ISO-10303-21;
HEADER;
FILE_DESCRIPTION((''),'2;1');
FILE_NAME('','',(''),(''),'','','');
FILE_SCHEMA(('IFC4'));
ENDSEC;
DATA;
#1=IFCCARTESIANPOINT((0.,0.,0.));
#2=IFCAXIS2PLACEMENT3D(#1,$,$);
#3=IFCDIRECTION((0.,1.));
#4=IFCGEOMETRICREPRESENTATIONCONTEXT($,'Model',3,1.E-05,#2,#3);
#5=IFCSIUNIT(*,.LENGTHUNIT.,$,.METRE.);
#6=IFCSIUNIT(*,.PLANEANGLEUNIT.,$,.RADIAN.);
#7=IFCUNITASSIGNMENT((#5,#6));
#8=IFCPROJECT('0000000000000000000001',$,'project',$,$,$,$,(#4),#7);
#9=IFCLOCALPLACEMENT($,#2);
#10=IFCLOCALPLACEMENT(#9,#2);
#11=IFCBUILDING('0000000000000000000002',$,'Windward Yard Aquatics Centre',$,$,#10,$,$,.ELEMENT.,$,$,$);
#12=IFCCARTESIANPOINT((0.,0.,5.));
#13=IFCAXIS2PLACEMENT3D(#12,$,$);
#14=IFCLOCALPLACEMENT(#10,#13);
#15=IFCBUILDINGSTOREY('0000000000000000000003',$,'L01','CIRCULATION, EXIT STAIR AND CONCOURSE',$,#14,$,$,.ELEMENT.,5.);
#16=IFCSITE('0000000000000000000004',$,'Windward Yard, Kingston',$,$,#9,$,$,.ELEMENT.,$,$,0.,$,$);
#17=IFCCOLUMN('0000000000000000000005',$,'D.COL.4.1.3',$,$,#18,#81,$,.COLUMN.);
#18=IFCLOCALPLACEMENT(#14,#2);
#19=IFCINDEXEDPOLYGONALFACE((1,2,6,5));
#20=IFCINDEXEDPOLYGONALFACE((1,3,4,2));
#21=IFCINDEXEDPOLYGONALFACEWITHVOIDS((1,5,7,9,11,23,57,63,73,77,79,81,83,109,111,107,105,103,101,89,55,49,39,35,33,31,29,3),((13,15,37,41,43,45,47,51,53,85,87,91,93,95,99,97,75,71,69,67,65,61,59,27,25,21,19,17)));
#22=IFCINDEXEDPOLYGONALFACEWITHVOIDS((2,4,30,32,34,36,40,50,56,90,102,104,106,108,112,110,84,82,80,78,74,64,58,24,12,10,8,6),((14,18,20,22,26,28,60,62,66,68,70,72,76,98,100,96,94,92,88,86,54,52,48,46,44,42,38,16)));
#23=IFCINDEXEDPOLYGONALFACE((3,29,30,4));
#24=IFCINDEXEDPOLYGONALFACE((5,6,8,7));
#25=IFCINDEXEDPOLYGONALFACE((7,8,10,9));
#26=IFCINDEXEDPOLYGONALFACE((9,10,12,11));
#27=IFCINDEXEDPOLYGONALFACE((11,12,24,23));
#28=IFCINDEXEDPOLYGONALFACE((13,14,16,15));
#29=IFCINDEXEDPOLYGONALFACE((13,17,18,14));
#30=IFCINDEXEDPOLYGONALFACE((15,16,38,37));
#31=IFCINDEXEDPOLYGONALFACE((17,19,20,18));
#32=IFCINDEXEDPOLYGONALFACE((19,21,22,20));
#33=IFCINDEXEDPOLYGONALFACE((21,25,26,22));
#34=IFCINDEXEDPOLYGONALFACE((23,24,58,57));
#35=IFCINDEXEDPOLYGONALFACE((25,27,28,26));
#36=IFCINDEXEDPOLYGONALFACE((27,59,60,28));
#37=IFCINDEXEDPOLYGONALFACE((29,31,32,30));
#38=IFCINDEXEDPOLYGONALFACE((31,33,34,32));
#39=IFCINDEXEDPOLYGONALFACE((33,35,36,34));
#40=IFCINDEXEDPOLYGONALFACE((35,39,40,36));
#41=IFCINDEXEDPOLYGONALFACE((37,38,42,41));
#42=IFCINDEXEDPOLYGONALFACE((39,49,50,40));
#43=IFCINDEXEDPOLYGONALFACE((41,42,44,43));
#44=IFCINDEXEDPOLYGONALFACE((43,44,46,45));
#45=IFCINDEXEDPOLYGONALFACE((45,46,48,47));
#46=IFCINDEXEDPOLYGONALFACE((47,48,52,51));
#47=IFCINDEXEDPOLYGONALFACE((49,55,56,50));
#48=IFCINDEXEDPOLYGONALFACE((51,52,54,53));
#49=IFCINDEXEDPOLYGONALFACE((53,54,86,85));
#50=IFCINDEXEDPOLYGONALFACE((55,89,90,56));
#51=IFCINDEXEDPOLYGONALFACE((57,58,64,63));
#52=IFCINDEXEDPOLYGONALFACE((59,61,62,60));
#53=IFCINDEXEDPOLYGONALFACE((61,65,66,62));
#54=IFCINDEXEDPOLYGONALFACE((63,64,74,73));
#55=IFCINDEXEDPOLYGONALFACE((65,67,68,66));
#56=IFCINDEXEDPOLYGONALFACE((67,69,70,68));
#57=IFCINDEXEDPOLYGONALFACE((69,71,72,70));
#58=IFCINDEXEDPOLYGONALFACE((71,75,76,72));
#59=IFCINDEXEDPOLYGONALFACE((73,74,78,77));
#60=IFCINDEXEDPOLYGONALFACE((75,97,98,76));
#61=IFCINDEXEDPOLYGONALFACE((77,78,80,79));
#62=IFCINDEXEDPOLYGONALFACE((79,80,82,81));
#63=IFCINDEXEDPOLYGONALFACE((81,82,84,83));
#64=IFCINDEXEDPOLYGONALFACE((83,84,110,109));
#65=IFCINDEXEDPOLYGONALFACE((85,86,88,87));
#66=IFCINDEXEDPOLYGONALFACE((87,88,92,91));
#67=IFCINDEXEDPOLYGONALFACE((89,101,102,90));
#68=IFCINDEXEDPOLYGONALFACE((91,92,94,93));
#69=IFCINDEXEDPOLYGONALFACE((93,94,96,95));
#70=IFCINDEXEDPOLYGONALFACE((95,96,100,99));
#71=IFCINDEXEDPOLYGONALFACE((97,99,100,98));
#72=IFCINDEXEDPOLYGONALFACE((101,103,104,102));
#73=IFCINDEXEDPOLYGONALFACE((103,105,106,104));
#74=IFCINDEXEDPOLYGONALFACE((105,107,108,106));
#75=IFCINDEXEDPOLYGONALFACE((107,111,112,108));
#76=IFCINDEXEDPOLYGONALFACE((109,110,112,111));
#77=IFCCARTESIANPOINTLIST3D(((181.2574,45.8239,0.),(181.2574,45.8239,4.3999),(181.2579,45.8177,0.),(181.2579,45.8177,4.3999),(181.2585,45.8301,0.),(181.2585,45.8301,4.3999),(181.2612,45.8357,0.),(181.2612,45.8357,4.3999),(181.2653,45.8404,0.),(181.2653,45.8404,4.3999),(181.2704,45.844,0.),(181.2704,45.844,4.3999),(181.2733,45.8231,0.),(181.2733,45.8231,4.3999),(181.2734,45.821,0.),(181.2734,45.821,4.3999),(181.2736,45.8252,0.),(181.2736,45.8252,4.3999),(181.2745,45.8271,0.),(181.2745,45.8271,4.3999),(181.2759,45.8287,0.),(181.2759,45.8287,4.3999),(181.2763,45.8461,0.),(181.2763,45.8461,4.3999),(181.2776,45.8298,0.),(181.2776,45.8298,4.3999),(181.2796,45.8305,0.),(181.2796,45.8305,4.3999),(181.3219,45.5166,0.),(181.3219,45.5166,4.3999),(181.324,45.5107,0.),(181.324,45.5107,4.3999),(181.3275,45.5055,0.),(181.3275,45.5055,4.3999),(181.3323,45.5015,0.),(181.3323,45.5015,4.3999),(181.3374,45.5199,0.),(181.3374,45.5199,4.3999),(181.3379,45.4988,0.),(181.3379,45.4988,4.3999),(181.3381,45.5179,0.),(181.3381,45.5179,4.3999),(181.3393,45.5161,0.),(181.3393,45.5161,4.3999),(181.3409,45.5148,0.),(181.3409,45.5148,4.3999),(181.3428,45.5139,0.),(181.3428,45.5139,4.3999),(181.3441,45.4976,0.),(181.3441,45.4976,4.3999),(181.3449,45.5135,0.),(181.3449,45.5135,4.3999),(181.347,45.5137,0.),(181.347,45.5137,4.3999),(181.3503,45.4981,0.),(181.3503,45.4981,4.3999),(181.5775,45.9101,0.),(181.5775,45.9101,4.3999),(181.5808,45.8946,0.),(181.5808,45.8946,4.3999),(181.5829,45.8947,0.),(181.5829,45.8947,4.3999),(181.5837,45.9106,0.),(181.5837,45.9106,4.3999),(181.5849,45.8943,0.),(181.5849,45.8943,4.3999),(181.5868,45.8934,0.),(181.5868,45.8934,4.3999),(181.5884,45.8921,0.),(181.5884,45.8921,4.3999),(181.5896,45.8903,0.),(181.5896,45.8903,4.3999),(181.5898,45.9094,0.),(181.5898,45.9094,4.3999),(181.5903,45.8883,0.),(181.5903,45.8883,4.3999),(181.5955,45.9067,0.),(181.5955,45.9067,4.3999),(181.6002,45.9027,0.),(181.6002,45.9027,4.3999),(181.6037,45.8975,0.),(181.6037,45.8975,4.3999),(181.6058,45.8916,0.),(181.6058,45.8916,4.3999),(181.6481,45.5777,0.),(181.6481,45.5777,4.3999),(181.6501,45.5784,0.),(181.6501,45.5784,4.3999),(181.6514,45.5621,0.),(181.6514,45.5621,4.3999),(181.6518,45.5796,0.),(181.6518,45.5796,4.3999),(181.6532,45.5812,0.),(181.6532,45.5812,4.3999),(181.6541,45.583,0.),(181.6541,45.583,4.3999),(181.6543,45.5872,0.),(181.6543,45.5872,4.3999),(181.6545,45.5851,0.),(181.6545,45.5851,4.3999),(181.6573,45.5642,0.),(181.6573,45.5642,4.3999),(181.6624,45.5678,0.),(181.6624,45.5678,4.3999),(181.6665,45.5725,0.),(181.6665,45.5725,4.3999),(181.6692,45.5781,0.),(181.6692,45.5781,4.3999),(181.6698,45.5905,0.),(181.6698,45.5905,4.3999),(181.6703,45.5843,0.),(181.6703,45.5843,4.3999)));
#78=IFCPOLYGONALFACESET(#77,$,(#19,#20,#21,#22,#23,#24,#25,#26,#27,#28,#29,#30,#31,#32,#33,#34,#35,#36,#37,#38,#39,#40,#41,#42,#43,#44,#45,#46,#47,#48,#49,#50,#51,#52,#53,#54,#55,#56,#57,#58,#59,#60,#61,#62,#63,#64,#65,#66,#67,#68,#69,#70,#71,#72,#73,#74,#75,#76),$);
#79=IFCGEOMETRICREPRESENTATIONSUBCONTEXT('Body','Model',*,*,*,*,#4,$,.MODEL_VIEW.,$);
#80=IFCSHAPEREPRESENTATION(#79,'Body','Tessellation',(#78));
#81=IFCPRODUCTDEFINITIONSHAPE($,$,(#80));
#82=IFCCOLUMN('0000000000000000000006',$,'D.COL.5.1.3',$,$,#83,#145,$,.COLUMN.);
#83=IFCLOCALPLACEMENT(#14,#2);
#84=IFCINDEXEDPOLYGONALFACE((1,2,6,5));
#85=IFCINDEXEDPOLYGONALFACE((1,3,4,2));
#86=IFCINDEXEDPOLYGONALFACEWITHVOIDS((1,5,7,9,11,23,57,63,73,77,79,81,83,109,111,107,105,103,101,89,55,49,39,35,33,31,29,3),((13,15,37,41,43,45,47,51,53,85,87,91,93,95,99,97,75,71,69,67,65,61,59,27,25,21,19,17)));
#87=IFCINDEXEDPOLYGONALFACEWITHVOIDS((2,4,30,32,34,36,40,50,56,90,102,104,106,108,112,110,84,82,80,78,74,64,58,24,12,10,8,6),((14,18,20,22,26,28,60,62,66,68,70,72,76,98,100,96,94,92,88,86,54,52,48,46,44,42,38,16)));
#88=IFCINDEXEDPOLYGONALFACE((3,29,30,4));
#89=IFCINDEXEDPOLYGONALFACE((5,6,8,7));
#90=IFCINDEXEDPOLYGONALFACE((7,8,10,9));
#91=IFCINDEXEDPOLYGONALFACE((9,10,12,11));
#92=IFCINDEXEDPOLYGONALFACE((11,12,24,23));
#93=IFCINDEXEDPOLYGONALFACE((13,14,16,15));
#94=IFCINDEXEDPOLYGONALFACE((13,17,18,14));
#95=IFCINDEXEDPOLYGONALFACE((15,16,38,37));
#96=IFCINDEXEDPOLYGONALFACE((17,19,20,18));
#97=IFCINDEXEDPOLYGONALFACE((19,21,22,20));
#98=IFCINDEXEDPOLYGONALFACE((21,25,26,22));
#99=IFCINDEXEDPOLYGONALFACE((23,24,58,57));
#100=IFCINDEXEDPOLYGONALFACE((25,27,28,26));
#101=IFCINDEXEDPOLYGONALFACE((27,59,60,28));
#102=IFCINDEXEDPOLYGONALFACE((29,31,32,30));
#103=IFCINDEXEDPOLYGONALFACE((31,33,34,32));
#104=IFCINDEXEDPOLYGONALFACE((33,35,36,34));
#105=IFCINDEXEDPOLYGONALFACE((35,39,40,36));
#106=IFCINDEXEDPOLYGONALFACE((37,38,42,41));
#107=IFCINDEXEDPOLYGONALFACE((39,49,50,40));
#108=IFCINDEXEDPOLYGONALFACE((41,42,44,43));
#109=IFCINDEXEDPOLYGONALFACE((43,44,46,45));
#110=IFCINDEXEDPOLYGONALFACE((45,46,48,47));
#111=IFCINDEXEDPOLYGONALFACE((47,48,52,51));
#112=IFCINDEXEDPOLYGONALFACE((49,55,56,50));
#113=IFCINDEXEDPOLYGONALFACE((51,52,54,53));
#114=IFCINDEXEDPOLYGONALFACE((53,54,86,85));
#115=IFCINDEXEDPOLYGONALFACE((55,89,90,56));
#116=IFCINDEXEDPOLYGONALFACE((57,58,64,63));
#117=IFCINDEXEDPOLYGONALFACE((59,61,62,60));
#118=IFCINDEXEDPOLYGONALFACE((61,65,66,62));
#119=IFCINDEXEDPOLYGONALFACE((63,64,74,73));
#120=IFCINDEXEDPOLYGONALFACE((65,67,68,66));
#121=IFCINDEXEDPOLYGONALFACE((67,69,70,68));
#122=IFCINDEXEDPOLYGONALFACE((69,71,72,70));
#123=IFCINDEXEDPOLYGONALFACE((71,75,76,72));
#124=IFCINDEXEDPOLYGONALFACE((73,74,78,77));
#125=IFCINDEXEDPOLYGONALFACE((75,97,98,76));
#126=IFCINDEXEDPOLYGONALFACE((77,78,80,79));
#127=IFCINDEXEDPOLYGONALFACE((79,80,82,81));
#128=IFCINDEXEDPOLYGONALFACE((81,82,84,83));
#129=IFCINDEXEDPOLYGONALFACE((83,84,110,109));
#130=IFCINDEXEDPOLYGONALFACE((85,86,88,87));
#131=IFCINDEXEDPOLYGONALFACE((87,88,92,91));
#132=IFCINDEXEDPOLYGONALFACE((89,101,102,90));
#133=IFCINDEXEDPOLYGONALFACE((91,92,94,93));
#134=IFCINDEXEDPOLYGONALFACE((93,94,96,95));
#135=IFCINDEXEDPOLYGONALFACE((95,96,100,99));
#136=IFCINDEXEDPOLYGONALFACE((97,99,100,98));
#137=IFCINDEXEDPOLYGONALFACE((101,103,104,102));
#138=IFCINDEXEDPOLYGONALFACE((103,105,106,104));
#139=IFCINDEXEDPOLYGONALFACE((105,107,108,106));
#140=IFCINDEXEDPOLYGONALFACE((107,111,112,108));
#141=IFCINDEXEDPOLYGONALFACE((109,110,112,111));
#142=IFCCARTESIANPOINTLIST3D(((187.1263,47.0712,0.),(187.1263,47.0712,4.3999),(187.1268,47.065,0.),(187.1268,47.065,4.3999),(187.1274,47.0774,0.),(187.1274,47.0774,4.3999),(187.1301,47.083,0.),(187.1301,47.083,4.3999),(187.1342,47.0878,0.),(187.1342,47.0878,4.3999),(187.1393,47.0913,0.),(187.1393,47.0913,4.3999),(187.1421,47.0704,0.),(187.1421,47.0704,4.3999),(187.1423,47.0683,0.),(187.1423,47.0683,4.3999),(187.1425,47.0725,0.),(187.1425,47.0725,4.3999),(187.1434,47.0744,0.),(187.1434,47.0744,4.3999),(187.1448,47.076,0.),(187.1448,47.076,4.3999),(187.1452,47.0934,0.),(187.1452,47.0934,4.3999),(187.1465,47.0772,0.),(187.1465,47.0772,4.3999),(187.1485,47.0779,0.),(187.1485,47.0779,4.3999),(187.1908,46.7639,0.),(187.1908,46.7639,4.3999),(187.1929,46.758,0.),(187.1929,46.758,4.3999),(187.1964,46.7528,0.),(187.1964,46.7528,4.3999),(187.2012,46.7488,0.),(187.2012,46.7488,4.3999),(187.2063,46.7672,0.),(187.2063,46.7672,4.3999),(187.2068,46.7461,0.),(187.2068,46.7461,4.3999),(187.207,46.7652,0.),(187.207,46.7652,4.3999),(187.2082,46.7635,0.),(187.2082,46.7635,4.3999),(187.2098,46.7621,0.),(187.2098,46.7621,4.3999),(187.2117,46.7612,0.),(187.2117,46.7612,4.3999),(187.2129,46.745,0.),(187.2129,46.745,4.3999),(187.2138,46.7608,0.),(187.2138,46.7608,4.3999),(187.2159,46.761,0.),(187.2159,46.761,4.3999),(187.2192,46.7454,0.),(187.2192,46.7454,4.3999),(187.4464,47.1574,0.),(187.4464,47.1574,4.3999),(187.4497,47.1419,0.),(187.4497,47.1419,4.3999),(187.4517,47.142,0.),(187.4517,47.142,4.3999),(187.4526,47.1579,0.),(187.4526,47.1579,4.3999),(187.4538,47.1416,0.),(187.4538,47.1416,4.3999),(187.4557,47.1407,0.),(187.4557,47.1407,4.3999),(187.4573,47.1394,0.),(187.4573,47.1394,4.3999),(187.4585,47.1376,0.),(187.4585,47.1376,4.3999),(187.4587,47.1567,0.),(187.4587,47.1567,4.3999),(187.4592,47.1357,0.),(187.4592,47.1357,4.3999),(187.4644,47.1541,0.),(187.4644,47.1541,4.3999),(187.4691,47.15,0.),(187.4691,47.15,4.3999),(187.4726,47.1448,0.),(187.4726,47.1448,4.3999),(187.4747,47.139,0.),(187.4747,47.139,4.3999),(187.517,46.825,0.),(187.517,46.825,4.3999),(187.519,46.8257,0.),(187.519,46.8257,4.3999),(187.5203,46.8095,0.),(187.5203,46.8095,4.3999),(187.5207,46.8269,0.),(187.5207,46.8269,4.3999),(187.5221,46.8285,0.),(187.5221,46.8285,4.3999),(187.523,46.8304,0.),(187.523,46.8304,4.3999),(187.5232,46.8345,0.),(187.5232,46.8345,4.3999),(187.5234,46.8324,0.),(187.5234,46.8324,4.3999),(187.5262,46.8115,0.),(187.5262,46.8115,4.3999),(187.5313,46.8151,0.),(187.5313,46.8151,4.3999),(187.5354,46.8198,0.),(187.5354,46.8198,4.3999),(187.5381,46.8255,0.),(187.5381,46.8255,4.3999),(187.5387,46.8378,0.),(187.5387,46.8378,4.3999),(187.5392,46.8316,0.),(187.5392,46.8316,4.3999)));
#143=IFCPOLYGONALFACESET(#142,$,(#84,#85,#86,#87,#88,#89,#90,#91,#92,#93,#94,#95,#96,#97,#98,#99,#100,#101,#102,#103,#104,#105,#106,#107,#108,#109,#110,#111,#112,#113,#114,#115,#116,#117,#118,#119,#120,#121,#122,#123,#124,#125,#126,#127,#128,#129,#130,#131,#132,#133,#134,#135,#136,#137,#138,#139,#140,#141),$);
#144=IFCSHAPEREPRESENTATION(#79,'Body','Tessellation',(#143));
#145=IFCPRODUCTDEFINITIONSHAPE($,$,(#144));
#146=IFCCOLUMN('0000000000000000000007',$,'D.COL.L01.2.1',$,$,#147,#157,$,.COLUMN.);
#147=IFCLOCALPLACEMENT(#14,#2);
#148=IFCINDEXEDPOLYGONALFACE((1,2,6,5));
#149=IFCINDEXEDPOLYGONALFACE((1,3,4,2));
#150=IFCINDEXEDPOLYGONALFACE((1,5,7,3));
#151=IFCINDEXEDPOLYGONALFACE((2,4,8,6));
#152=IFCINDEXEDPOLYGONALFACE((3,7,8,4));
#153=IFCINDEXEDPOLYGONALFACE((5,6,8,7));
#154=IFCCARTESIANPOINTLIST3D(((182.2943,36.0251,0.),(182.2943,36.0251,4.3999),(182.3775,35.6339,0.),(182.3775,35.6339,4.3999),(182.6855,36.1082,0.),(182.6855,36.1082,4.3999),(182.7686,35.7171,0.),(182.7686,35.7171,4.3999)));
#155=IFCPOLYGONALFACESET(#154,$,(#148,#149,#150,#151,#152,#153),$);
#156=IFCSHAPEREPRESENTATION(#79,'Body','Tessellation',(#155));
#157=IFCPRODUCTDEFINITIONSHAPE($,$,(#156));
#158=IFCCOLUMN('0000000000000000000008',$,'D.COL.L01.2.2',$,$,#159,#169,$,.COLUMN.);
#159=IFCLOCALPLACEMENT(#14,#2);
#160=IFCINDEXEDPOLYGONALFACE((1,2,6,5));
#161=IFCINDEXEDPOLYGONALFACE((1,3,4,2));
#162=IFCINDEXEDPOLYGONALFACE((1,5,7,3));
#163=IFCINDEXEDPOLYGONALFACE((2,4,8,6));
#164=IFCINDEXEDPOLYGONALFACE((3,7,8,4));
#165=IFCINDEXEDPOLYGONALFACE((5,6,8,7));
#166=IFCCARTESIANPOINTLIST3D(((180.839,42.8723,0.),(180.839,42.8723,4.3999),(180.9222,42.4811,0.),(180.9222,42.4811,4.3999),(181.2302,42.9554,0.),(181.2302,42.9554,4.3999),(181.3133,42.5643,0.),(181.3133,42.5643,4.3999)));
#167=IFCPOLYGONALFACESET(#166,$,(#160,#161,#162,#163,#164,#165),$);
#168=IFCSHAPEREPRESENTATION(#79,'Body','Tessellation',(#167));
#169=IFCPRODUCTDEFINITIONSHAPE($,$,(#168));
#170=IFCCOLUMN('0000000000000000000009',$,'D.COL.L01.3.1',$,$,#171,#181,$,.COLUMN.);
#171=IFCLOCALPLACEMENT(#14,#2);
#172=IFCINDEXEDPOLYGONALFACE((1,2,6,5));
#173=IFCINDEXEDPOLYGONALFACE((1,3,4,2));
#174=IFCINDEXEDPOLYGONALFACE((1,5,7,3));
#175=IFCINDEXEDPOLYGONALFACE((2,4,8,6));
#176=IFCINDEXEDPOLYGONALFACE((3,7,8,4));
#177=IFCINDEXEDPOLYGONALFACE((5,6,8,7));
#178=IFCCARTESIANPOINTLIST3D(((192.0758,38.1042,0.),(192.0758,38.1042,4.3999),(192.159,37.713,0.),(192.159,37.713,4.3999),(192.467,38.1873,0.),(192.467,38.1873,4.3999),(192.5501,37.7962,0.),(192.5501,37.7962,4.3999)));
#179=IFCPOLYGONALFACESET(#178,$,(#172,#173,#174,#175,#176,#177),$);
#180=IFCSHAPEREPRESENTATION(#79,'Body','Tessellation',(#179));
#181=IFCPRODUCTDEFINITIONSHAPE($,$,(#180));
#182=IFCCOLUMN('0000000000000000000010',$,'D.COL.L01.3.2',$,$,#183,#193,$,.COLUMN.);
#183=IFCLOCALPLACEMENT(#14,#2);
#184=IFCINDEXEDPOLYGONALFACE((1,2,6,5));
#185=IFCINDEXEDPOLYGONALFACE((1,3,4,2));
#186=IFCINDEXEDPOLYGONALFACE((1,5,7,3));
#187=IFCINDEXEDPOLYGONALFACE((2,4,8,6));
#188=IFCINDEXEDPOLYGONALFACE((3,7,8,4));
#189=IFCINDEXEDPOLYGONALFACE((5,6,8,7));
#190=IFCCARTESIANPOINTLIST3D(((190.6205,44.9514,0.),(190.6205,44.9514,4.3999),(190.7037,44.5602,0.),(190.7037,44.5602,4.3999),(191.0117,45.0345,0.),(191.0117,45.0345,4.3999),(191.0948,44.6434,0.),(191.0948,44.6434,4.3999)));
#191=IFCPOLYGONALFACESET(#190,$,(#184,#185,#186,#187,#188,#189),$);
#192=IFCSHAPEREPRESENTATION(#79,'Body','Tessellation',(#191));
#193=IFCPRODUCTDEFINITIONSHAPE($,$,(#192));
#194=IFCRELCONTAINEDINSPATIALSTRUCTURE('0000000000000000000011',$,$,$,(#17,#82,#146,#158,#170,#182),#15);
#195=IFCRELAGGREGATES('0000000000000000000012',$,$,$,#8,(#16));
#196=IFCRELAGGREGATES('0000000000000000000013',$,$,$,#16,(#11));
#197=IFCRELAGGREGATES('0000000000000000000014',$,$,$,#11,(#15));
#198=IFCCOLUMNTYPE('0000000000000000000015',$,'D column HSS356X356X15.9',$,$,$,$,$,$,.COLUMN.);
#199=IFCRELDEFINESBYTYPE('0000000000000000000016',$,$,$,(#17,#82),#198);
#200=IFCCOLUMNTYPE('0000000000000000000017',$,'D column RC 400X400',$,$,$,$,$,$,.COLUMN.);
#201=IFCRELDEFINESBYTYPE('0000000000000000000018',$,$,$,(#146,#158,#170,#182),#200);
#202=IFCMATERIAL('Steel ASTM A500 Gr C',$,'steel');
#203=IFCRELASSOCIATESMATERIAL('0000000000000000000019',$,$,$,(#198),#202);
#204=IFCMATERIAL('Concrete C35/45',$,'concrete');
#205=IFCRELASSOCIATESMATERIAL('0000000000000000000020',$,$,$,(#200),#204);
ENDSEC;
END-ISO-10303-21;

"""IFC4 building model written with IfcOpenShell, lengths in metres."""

from ifc_helpers import new_model, si_unit, direction, frame, origin, origin_2d, place, context, subcontext, project, spatial, rectangle, hollow_rectangle, extrude, material, material_profile, profile_set, type_object, element, save


model = new_model("IFC4")

# Units and contexts
model_context = context("Model", 3, precision=1e-05, world=origin(), true_north=direction((0.0, 1.0)))
body_context = subcontext(model_context, "Body", "Model", "MODEL_VIEW")
ifc_project = project(units=[si_unit("LENGTHUNIT", "METRE"), si_unit("PLANEANGLEUNIT", "RADIAN")], contexts=[model_context])

# Site, building, storey
site_placement = place(None, origin())
site = spatial("IfcSite", under=ifc_project, at=site_placement, Name="Windward Yard, Kingston", CompositionType="ELEMENT", RefElevation=0.0)
building_placement = place(site_placement, origin())
building = spatial("IfcBuilding", under=site, at=building_placement, Name="Windward Yard Aquatics Centre", CompositionType="ELEMENT")
storey_placement = place(building_placement, frame((0.0, 0.0, 5.0)))
storey = spatial("IfcBuildingStorey", under=building, at=storey_placement, Name="L01", Description="CIRCULATION, EXIT STAIR AND CONCOURSE", CompositionType="ELEMENT", Elevation=5.0)

# Columns
ifc_material_1 = material(Name="Steel ASTM A500 Gr C", Category="steel")
ifc_material_profile_1 = material_profile(ifc_material_1, hollow_rectangle(XDim=0.3557, YDim=0.3557, WallThickness=0.0159, InnerFilletRadius=0.0081, OuterFilletRadius=0.0239, at=origin_2d()), Name="HSS356X356X15.9")
ifc_profile_set_1 = profile_set([ifc_material_profile_1], Name="Steel ASTM A500 Gr C")
column_type_1 = type_object("IfcColumnType", Name="D column HSS356X356X15.9", PredefinedType="COLUMN", material=ifc_profile_set_1)
for number, where, z_axis, x_axis, name in (
    (1, (181.4639, 45.7041, 0.0), (0.0, 0.0, 1.0), (0.978148, 0.207912, 0.0), "D.COL.4.1.3"),
    (2, (187.3328, 46.9514, 0.0), (0.0, 0.0, 1.0), (0.978148, 0.207912, 0.0), "D.COL.5.1.3"),
):
    element("IfcColumn", number, at=place(storey_placement, frame(where, z_axis=z_axis, x_axis=x_axis)), inside=storey, type_object=column_type_1, Name=name, PredefinedType="COLUMN", context=body_context, shape_type="SweptSolid", body=[
        extrude(hollow_rectangle(XDim=0.3557, YDim=0.3557, WallThickness=0.0159, InnerFilletRadius=0.0081, OuterFilletRadius=0.0239, at=origin_2d()), origin(), (0.0, 0.0, 1.0), 4.3999),
    ])
ifc_material_2 = material(Name="Concrete C35/45", Category="concrete")
ifc_material_profile_2 = material_profile(ifc_material_2, rectangle(XDim=0.3999, YDim=0.3999, at=origin_2d()), Name="RC 400X400")
ifc_profile_set_2 = profile_set([ifc_material_profile_2], Name="Concrete C35/45")
column_type_2 = type_object("IfcColumnType", Name="D column RC 400X400", PredefinedType="COLUMN", material=ifc_profile_set_2)
for number, where, z_axis, x_axis, name in (
    (3, (182.5315, 35.8711, 0.0), (0.0, 0.0, 1.0), (0.978148, 0.207912, 0.0), "D.COL.L01.2.1"),
    (4, (181.0762, 42.7183, 0.0), (0.0, 0.0, 1.0), (0.978148, 0.207912, 0.0), "D.COL.L01.2.2"),
    (5, (192.313, 37.9502, 0.0), (0.0, 0.0, 1.0), (0.978148, 0.207912, 0.0), "D.COL.L01.3.1"),
    (6, (190.8577, 44.7974, 0.0), (0.0, 0.0, 1.0), (0.978148, 0.207912, 0.0), "D.COL.L01.3.2"),
):
    element("IfcColumn", number, at=place(storey_placement, frame(where, z_axis=z_axis, x_axis=x_axis)), inside=storey, type_object=column_type_2, Name=name, PredefinedType="COLUMN", context=body_context, shape_type="SweptSolid", body=[
        extrude(rectangle(XDim=0.3999, YDim=0.3999, at=origin_2d()), origin(), (0.0, 0.0, 1.0), 4.3999),
    ])

save(model, "model.ifc")
